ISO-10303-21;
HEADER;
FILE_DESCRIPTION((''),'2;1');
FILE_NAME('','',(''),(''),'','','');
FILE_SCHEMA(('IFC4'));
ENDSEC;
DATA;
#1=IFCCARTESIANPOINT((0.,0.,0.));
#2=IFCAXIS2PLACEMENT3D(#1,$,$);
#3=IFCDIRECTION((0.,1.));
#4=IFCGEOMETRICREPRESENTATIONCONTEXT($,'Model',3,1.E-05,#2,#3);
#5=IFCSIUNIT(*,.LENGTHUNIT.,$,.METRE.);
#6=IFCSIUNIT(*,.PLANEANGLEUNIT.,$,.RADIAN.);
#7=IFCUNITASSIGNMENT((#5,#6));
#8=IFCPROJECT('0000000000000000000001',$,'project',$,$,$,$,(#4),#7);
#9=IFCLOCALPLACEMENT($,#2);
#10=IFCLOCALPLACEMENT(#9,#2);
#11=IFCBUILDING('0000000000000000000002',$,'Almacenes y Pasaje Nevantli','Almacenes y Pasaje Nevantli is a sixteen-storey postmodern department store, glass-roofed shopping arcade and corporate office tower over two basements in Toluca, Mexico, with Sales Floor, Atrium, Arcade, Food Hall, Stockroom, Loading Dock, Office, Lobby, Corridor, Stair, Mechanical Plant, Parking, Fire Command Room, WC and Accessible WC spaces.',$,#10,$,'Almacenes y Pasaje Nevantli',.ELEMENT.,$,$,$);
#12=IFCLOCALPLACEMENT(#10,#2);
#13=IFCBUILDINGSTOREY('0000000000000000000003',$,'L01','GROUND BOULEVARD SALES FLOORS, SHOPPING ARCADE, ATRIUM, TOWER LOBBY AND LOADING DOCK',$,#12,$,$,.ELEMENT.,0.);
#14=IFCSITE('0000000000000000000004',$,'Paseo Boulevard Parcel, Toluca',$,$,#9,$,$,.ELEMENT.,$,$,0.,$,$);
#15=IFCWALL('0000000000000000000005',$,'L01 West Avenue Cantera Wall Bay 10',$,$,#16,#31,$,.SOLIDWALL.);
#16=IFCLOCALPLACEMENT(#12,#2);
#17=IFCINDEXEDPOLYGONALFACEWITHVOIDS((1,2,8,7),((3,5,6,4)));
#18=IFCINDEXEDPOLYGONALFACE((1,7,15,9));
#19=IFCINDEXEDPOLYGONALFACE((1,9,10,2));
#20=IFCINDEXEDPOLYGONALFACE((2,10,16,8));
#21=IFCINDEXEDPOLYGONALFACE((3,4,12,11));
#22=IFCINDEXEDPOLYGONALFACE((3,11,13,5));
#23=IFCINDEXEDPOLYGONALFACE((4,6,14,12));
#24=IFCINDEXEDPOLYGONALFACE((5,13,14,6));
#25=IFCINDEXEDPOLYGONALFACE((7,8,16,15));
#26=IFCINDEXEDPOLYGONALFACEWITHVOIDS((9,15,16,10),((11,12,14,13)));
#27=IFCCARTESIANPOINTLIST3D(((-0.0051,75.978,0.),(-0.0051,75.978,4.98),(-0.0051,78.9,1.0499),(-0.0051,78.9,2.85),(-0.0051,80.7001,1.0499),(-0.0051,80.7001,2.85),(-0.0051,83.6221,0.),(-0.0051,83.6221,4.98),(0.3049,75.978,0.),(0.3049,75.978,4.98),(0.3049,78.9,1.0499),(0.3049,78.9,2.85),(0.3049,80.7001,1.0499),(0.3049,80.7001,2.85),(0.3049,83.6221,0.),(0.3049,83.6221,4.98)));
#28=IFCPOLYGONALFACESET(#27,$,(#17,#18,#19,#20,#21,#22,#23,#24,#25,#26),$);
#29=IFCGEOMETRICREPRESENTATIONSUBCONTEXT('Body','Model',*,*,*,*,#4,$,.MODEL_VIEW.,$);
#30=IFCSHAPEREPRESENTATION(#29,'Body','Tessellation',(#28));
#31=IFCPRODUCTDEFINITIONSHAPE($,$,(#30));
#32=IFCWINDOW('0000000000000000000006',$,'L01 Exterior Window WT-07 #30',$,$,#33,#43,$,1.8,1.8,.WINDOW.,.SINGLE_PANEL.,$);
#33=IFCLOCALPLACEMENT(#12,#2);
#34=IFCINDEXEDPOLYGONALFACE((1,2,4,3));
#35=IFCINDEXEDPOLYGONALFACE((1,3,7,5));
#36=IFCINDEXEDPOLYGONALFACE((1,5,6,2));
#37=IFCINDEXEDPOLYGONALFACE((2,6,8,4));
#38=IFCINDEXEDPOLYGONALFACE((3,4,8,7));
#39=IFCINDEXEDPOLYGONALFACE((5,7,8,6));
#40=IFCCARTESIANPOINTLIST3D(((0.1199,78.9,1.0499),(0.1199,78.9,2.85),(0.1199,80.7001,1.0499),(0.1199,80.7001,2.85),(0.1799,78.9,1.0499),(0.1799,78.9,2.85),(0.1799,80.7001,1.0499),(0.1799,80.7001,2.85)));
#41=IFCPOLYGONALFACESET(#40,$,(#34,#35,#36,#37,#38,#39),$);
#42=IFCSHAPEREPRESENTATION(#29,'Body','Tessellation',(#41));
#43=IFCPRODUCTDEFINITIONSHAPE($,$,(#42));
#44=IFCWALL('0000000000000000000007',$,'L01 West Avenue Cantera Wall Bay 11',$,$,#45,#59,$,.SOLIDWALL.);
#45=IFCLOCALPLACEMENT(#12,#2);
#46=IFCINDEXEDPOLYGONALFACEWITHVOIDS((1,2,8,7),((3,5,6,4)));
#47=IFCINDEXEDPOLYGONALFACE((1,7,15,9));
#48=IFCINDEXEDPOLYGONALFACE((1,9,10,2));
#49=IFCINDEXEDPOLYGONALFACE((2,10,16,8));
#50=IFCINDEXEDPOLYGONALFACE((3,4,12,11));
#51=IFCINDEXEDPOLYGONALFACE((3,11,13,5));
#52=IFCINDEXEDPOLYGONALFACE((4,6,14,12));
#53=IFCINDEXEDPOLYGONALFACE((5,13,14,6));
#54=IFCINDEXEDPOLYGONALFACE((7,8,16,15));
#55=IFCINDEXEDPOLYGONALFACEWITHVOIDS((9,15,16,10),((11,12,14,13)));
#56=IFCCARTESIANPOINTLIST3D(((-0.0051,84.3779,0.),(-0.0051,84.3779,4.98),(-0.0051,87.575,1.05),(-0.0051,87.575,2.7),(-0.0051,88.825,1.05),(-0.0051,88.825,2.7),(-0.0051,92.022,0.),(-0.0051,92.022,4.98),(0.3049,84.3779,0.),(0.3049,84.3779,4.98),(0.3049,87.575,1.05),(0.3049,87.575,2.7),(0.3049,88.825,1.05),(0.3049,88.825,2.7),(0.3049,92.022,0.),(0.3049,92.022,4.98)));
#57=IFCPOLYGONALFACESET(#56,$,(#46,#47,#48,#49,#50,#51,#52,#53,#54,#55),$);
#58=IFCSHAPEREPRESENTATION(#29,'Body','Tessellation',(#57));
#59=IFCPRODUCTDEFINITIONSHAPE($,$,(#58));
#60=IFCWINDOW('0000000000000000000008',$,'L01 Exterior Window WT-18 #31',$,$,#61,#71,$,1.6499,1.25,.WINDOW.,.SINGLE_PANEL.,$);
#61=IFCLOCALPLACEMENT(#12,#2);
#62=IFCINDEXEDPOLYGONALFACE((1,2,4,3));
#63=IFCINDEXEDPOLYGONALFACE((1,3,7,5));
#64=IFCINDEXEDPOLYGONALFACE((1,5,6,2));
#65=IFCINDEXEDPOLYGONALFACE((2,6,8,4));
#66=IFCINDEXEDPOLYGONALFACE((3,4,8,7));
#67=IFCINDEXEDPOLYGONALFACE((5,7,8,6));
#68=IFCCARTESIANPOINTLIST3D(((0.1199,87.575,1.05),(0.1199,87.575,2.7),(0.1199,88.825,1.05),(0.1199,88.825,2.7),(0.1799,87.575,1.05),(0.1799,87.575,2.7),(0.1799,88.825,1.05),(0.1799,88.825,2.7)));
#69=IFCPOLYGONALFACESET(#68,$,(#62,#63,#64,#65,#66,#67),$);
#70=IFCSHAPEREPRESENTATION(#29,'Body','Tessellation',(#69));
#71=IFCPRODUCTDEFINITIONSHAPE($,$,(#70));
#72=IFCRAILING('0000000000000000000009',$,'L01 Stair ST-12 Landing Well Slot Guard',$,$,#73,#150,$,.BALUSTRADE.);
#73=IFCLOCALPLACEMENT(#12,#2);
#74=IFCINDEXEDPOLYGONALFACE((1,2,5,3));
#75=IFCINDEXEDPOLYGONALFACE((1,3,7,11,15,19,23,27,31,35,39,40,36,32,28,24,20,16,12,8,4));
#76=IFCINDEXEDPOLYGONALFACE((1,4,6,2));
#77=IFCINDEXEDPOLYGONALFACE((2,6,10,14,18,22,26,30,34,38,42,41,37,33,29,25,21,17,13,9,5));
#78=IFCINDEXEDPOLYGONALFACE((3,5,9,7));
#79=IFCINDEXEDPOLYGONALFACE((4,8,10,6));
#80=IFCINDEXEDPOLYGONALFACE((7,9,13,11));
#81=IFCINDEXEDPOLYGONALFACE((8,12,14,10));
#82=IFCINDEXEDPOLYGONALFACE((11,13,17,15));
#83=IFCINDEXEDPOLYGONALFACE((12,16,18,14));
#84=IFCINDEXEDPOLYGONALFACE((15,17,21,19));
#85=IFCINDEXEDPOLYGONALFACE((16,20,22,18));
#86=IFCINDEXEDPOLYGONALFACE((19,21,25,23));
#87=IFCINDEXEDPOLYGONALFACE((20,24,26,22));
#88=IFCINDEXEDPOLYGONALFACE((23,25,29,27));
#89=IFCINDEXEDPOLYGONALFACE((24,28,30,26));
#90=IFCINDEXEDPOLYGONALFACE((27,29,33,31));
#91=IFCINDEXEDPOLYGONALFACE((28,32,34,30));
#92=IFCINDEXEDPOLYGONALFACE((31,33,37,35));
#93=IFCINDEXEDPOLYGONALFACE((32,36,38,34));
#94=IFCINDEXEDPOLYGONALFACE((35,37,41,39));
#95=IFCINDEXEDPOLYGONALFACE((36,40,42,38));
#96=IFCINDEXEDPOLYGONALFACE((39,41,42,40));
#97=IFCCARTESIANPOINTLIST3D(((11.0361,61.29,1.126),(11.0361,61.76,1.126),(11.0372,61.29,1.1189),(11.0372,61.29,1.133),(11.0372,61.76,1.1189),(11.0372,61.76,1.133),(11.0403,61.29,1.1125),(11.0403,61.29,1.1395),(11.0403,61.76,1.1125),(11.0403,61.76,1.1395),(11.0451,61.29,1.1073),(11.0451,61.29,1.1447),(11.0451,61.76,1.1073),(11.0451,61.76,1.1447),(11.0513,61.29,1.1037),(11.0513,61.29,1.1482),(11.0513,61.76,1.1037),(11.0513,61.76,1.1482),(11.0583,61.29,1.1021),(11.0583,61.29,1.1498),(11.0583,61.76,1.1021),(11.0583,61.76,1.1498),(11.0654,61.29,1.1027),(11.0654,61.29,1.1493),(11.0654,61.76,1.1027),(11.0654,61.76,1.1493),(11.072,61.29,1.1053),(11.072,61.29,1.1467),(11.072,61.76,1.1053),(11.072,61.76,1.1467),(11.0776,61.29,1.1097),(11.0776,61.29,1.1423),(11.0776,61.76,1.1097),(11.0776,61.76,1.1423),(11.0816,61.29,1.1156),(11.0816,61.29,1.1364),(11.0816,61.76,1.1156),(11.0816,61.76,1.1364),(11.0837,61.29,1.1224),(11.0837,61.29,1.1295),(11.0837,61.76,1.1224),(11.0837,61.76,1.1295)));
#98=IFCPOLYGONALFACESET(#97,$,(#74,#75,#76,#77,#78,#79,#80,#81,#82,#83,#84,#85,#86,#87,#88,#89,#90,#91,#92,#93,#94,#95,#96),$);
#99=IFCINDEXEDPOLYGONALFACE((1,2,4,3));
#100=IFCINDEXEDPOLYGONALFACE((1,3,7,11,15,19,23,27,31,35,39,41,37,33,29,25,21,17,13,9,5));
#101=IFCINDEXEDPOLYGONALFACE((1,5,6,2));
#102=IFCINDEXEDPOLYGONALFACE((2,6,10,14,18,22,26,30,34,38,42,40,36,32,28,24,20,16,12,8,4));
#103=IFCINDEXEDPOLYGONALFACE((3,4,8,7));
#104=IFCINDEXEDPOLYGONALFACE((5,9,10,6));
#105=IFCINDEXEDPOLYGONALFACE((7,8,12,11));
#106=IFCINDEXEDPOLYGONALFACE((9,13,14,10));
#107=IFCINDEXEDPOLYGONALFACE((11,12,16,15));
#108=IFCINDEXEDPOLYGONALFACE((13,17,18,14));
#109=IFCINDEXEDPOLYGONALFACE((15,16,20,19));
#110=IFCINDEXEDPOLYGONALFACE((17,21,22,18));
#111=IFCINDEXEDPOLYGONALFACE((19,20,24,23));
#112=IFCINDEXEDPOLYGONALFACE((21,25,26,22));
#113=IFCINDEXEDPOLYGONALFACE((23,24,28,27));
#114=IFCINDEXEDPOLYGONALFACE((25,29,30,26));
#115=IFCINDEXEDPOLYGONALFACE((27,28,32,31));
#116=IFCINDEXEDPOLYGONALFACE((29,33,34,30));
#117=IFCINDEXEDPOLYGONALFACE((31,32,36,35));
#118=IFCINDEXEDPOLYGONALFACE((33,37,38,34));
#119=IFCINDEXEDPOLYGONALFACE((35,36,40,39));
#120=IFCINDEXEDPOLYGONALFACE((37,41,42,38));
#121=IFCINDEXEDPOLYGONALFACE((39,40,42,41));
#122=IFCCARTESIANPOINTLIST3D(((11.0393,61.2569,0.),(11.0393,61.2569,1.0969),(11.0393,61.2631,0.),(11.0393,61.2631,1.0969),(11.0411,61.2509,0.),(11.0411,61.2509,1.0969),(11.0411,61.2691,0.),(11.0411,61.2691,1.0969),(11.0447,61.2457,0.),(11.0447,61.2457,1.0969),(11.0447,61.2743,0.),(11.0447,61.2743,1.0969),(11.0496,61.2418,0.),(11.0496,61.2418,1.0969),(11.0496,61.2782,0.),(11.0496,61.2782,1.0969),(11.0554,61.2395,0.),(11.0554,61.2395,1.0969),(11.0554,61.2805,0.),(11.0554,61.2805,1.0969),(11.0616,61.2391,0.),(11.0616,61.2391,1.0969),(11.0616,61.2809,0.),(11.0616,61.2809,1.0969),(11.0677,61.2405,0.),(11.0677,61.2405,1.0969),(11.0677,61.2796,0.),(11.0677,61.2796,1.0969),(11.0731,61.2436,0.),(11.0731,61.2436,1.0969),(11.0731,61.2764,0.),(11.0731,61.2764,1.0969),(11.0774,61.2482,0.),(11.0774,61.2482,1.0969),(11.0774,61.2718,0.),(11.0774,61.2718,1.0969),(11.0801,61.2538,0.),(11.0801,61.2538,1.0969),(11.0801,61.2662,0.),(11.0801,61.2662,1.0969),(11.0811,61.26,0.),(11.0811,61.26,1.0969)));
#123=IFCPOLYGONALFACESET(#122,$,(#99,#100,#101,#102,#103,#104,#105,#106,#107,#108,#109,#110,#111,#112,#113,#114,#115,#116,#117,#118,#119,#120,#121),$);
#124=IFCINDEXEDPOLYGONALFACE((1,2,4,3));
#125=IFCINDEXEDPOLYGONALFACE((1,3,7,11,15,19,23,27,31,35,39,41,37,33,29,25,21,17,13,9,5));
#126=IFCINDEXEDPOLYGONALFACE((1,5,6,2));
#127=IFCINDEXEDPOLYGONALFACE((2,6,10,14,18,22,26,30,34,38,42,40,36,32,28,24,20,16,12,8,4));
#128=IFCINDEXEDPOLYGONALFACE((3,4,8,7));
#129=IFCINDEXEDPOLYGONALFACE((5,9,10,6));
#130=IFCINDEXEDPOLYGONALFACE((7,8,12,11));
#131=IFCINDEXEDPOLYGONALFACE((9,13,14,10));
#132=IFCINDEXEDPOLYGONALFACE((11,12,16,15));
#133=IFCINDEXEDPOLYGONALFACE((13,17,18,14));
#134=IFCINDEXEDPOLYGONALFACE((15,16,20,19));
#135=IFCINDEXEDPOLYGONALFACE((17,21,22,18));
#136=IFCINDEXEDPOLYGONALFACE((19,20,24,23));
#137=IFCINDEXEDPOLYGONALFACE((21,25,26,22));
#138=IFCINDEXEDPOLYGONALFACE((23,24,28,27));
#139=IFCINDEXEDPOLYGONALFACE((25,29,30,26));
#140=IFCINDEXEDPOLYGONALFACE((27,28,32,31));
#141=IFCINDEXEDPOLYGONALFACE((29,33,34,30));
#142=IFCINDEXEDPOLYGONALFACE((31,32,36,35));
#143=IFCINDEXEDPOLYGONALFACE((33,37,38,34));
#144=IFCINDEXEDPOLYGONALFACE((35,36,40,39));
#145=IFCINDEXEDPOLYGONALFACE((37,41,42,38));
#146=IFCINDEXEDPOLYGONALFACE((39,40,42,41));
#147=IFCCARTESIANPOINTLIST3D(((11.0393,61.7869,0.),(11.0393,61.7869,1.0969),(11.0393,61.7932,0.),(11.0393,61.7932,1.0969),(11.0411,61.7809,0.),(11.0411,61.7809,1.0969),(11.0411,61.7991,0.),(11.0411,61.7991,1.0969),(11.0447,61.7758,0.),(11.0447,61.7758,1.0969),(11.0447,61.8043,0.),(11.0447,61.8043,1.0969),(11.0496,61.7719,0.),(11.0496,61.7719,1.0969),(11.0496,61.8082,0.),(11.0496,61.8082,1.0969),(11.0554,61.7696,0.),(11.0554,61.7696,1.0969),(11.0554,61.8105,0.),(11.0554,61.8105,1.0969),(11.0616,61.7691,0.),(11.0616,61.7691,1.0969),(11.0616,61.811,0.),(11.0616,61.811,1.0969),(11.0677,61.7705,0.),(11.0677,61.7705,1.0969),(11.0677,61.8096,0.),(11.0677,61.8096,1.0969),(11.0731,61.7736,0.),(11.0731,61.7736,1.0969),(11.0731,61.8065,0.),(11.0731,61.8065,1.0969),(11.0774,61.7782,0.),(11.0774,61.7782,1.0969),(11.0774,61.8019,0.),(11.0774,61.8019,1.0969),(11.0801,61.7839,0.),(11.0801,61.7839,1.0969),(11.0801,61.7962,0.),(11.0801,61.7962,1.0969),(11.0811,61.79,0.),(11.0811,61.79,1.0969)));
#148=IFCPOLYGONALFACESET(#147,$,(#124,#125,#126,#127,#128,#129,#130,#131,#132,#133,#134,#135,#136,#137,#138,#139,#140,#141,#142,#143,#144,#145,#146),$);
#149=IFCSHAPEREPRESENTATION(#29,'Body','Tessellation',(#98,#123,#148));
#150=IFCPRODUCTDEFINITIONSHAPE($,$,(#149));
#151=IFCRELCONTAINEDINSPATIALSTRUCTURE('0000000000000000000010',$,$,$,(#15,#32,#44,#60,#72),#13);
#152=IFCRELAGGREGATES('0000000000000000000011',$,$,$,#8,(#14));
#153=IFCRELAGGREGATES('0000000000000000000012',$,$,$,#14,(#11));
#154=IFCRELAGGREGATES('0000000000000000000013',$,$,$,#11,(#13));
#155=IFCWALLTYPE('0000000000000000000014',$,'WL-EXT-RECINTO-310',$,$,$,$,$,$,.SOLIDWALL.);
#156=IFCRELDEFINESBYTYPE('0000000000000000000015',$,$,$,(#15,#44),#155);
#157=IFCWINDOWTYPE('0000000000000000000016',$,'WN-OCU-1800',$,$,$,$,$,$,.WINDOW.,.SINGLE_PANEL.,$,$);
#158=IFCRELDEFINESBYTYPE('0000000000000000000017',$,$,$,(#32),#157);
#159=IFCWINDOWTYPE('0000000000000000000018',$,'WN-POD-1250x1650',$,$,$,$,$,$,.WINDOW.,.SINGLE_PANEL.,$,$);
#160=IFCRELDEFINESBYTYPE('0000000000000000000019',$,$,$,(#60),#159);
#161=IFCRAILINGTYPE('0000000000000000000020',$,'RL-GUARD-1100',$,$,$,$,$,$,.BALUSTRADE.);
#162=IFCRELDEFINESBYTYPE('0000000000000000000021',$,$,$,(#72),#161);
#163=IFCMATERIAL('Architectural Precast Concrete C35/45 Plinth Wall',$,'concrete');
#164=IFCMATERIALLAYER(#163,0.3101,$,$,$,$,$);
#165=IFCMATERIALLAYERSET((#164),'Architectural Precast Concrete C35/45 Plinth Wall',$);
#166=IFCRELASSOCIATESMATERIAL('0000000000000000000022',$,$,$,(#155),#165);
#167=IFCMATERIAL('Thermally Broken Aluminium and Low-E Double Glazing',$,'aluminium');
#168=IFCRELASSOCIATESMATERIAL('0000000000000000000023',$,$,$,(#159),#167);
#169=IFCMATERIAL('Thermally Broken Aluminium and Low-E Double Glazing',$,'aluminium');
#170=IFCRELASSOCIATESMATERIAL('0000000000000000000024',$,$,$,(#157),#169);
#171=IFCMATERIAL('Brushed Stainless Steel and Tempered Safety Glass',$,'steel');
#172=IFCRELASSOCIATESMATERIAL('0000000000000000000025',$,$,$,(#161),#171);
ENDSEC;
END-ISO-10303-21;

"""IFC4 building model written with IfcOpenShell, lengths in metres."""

from ifc_helpers import new_model, si_unit, direction, frame, frame_2d, origin, origin_2d, place, context, subcontext, project, spatial, rectangle, circle, extrude, material, layer, layer_set, type_object, element, fill, save


model = new_model("IFC4")

# Units and contexts
model_context = context("Model", 3, precision=1e-05, world=origin(), true_north=direction((0.0, 1.0)))
body_context = subcontext(model_context, "Body", "Model", "MODEL_VIEW")
ifc_project = project(units=[si_unit("LENGTHUNIT", "METRE"), si_unit("PLANEANGLEUNIT", "RADIAN")], contexts=[model_context])

# Site, building, storey
site_placement = place(None, origin())
site = spatial("IfcSite", under=ifc_project, at=site_placement, Name="Paseo Boulevard Parcel, Toluca", CompositionType="ELEMENT", RefElevation=0.0)
building_placement = place(site_placement, origin())
building = spatial("IfcBuilding", under=site, at=building_placement, Name="Almacenes y Pasaje Nevantli", Description="Almacenes y Pasaje Nevantli is a sixteen-storey postmodern department store, glass-roofed shopping arcade and corporate office tower over two basements in Toluca, Mexico, with Sales Floor, Atrium, Arcade, Food Hall, Stockroom, Loading Dock, Office, Lobby, Corridor, Stair, Mechanical Plant, Parking, Fire Command Room, WC and Accessible WC spaces.", LongName="Almacenes y Pasaje Nevantli", CompositionType="ELEMENT")
storey_placement = place(building_placement, origin())
storey = spatial("IfcBuildingStorey", under=building, at=storey_placement, Name="L01", Description="GROUND BOULEVARD SALES FLOORS, SHOPPING ARCADE, ATRIUM, TOWER LOBBY AND LOADING DOCK", CompositionType="ELEMENT", Elevation=0.0)

# Walls, openings, windows
ifc_material_1 = material(Name="Architectural Precast Concrete C35/45 Plinth Wall", Category="concrete")
ifc_layer_1 = layer(ifc_material_1, 0.3101)
ifc_layer_set_1 = layer_set([ifc_layer_1], Name="Architectural Precast Concrete C35/45 Plinth Wall")
wall_type_1 = type_object("IfcWallType", Name="WL-EXT-RECINTO-310", PredefinedType="SOLIDWALL", material=ifc_layer_set_1)
ifc_material_2 = material(Name="Thermally Broken Aluminium and Low-E Double Glazing", Category="aluminium")
window_type_1 = type_object("IfcWindowType", Name="WN-POD-1250x1650", PartitioningType="SINGLE_PANEL", PredefinedType="WINDOW", material=ifc_material_2)
wall_1_placement = place(storey_placement, frame((0.1499, 75.978, 0.0), z_axis=(0.0, 0.0, 1.0), x_axis=(0.0, 1.0, 0.0)))
wall_1 = element("IfcWall", 1, at=wall_1_placement, inside=storey, type_object=wall_type_1, Name="L01 West Avenue Cantera Wall Bay 10", PredefinedType="SOLIDWALL", context=body_context, shape_type="SweptSolid", body=[
    extrude(rectangle(XDim=7.644, YDim=0.3101, at=frame_2d((3.822, 0.0))), origin(), (0.0, 0.0, 1.0), 4.98),
])
opening_1_placement = place(wall_1_placement, frame((2.9221, 0.0, 1.05)))
opening_1 = element("IfcOpeningElement", 2, at=opening_1_placement, cuts=wall_1, PredefinedType="OPENING", context=body_context, shape_type="SweptSolid", body=[
    extrude(rectangle(XDim=1.8, YDim=1.8, at=frame_2d((0.8999, 0.8999))), frame((0.0, 0.165, 0.0), z_axis=(0.0, -1.0, 0.0), x_axis=(1.0, 0.0, 0.0)), (0.0, 0.0, 1.0), 0.3301),
])
ifc_material_3 = material(Name="Thermally Broken Aluminium and Low-E Double Glazing", Category="aluminium")
window_type_2 = type_object("IfcWindowType", Name="WN-OCU-1800", PartitioningType="SINGLE_PANEL", PredefinedType="WINDOW", material=ifc_material_3)
window_1_placement = place(opening_1_placement, origin())
window_1 = element("IfcWindow", 3, at=window_1_placement, inside=storey, type_object=window_type_2, Name="L01 Exterior Window WT-07 #30", OverallHeight=1.8, OverallWidth=1.8, PartitioningType="SINGLE_PANEL", PredefinedType="WINDOW", context=body_context, shape_type="SweptSolid", body=[
    extrude(rectangle(XDim=1.8, YDim=1.8, at=frame_2d((0.8999, 0.8999))), frame((0.0, 0.03, 0.0), z_axis=(0.0, -1.0, 0.0), x_axis=(1.0, 0.0, 0.0)), (0.0, 0.0, 1.0), 0.0601),
])
fill(opening_1, window_1)
wall_2_placement = place(storey_placement, frame((0.1499, 84.3779, 0.0), z_axis=(0.0, 0.0, 1.0), x_axis=(0.0, 1.0, 0.0)))
wall_2 = element("IfcWall", 4, at=wall_2_placement, inside=storey, type_object=wall_type_1, Name="L01 West Avenue Cantera Wall Bay 11", PredefinedType="SOLIDWALL", context=body_context, shape_type="SweptSolid", body=[
    extrude(rectangle(XDim=7.644, YDim=0.3101, at=frame_2d((3.822, 0.0))), origin(), (0.0, 0.0, 1.0), 4.98),
])
opening_2_placement = place(wall_2_placement, frame((3.197, 0.0, 1.05)))
opening_2 = element("IfcOpeningElement", 5, at=opening_2_placement, cuts=wall_2, PredefinedType="OPENING", context=body_context, shape_type="SweptSolid", body=[
    extrude(rectangle(XDim=1.25, YDim=1.6499, at=frame_2d((0.625, 0.825))), frame((0.0, 0.165, 0.0), z_axis=(0.0, -1.0, 0.0), x_axis=(1.0, 0.0, 0.0)), (0.0, 0.0, 1.0), 0.3301),
])
window_2_placement = place(opening_2_placement, origin())
window_2 = element("IfcWindow", 6, at=window_2_placement, inside=storey, type_object=window_type_1, Name="L01 Exterior Window WT-18 #31", OverallHeight=1.6499, OverallWidth=1.25, PartitioningType="SINGLE_PANEL", PredefinedType="WINDOW", context=body_context, shape_type="SweptSolid", body=[
    extrude(rectangle(XDim=1.25, YDim=1.6499, at=frame_2d((0.625, 0.825))), frame((0.0, 0.03, 0.0), z_axis=(0.0, -1.0, 0.0), x_axis=(1.0, 0.0, 0.0)), (0.0, 0.0, 1.0), 0.0601),
])
fill(opening_2, window_2)

# Railing
ifc_material_4 = material(Name="Brushed Stainless Steel and Tempered Safety Glass", Category="steel")
railing_type_1 = type_object("IfcRailingType", Name="RL-GUARD-1100", PredefinedType="BALUSTRADE", material=ifc_material_4)
railing_1_placement = place(storey_placement, frame((11.0601, 61.26, 0.0)))
element("IfcRailing", 7, at=railing_1_placement, inside=storey, type_object=railing_type_1, Name="L01 Stair ST-12 Landing Well Slot Guard", PredefinedType="BALUSTRADE", context=body_context, shape_type="SweptSolid", body=[
    extrude(circle(Radius=0.0239, at=origin_2d()), frame((0.0, 0.03, 1.126), z_axis=(0.0, 1.0, 0.0), x_axis=(-1.0, 0.0, 0.0)), (0.0, 0.0, 1.0), 0.47),
    extrude(circle(Radius=0.021, at=origin_2d()), origin(), (0.0, 0.0, 1.0), 1.0969),
    extrude(circle(Radius=0.021, at=origin_2d()), frame((0.0, 0.53, 0.0)), (0.0, 0.0, 1.0), 1.0969),
])

save(model, "model.ifc")
